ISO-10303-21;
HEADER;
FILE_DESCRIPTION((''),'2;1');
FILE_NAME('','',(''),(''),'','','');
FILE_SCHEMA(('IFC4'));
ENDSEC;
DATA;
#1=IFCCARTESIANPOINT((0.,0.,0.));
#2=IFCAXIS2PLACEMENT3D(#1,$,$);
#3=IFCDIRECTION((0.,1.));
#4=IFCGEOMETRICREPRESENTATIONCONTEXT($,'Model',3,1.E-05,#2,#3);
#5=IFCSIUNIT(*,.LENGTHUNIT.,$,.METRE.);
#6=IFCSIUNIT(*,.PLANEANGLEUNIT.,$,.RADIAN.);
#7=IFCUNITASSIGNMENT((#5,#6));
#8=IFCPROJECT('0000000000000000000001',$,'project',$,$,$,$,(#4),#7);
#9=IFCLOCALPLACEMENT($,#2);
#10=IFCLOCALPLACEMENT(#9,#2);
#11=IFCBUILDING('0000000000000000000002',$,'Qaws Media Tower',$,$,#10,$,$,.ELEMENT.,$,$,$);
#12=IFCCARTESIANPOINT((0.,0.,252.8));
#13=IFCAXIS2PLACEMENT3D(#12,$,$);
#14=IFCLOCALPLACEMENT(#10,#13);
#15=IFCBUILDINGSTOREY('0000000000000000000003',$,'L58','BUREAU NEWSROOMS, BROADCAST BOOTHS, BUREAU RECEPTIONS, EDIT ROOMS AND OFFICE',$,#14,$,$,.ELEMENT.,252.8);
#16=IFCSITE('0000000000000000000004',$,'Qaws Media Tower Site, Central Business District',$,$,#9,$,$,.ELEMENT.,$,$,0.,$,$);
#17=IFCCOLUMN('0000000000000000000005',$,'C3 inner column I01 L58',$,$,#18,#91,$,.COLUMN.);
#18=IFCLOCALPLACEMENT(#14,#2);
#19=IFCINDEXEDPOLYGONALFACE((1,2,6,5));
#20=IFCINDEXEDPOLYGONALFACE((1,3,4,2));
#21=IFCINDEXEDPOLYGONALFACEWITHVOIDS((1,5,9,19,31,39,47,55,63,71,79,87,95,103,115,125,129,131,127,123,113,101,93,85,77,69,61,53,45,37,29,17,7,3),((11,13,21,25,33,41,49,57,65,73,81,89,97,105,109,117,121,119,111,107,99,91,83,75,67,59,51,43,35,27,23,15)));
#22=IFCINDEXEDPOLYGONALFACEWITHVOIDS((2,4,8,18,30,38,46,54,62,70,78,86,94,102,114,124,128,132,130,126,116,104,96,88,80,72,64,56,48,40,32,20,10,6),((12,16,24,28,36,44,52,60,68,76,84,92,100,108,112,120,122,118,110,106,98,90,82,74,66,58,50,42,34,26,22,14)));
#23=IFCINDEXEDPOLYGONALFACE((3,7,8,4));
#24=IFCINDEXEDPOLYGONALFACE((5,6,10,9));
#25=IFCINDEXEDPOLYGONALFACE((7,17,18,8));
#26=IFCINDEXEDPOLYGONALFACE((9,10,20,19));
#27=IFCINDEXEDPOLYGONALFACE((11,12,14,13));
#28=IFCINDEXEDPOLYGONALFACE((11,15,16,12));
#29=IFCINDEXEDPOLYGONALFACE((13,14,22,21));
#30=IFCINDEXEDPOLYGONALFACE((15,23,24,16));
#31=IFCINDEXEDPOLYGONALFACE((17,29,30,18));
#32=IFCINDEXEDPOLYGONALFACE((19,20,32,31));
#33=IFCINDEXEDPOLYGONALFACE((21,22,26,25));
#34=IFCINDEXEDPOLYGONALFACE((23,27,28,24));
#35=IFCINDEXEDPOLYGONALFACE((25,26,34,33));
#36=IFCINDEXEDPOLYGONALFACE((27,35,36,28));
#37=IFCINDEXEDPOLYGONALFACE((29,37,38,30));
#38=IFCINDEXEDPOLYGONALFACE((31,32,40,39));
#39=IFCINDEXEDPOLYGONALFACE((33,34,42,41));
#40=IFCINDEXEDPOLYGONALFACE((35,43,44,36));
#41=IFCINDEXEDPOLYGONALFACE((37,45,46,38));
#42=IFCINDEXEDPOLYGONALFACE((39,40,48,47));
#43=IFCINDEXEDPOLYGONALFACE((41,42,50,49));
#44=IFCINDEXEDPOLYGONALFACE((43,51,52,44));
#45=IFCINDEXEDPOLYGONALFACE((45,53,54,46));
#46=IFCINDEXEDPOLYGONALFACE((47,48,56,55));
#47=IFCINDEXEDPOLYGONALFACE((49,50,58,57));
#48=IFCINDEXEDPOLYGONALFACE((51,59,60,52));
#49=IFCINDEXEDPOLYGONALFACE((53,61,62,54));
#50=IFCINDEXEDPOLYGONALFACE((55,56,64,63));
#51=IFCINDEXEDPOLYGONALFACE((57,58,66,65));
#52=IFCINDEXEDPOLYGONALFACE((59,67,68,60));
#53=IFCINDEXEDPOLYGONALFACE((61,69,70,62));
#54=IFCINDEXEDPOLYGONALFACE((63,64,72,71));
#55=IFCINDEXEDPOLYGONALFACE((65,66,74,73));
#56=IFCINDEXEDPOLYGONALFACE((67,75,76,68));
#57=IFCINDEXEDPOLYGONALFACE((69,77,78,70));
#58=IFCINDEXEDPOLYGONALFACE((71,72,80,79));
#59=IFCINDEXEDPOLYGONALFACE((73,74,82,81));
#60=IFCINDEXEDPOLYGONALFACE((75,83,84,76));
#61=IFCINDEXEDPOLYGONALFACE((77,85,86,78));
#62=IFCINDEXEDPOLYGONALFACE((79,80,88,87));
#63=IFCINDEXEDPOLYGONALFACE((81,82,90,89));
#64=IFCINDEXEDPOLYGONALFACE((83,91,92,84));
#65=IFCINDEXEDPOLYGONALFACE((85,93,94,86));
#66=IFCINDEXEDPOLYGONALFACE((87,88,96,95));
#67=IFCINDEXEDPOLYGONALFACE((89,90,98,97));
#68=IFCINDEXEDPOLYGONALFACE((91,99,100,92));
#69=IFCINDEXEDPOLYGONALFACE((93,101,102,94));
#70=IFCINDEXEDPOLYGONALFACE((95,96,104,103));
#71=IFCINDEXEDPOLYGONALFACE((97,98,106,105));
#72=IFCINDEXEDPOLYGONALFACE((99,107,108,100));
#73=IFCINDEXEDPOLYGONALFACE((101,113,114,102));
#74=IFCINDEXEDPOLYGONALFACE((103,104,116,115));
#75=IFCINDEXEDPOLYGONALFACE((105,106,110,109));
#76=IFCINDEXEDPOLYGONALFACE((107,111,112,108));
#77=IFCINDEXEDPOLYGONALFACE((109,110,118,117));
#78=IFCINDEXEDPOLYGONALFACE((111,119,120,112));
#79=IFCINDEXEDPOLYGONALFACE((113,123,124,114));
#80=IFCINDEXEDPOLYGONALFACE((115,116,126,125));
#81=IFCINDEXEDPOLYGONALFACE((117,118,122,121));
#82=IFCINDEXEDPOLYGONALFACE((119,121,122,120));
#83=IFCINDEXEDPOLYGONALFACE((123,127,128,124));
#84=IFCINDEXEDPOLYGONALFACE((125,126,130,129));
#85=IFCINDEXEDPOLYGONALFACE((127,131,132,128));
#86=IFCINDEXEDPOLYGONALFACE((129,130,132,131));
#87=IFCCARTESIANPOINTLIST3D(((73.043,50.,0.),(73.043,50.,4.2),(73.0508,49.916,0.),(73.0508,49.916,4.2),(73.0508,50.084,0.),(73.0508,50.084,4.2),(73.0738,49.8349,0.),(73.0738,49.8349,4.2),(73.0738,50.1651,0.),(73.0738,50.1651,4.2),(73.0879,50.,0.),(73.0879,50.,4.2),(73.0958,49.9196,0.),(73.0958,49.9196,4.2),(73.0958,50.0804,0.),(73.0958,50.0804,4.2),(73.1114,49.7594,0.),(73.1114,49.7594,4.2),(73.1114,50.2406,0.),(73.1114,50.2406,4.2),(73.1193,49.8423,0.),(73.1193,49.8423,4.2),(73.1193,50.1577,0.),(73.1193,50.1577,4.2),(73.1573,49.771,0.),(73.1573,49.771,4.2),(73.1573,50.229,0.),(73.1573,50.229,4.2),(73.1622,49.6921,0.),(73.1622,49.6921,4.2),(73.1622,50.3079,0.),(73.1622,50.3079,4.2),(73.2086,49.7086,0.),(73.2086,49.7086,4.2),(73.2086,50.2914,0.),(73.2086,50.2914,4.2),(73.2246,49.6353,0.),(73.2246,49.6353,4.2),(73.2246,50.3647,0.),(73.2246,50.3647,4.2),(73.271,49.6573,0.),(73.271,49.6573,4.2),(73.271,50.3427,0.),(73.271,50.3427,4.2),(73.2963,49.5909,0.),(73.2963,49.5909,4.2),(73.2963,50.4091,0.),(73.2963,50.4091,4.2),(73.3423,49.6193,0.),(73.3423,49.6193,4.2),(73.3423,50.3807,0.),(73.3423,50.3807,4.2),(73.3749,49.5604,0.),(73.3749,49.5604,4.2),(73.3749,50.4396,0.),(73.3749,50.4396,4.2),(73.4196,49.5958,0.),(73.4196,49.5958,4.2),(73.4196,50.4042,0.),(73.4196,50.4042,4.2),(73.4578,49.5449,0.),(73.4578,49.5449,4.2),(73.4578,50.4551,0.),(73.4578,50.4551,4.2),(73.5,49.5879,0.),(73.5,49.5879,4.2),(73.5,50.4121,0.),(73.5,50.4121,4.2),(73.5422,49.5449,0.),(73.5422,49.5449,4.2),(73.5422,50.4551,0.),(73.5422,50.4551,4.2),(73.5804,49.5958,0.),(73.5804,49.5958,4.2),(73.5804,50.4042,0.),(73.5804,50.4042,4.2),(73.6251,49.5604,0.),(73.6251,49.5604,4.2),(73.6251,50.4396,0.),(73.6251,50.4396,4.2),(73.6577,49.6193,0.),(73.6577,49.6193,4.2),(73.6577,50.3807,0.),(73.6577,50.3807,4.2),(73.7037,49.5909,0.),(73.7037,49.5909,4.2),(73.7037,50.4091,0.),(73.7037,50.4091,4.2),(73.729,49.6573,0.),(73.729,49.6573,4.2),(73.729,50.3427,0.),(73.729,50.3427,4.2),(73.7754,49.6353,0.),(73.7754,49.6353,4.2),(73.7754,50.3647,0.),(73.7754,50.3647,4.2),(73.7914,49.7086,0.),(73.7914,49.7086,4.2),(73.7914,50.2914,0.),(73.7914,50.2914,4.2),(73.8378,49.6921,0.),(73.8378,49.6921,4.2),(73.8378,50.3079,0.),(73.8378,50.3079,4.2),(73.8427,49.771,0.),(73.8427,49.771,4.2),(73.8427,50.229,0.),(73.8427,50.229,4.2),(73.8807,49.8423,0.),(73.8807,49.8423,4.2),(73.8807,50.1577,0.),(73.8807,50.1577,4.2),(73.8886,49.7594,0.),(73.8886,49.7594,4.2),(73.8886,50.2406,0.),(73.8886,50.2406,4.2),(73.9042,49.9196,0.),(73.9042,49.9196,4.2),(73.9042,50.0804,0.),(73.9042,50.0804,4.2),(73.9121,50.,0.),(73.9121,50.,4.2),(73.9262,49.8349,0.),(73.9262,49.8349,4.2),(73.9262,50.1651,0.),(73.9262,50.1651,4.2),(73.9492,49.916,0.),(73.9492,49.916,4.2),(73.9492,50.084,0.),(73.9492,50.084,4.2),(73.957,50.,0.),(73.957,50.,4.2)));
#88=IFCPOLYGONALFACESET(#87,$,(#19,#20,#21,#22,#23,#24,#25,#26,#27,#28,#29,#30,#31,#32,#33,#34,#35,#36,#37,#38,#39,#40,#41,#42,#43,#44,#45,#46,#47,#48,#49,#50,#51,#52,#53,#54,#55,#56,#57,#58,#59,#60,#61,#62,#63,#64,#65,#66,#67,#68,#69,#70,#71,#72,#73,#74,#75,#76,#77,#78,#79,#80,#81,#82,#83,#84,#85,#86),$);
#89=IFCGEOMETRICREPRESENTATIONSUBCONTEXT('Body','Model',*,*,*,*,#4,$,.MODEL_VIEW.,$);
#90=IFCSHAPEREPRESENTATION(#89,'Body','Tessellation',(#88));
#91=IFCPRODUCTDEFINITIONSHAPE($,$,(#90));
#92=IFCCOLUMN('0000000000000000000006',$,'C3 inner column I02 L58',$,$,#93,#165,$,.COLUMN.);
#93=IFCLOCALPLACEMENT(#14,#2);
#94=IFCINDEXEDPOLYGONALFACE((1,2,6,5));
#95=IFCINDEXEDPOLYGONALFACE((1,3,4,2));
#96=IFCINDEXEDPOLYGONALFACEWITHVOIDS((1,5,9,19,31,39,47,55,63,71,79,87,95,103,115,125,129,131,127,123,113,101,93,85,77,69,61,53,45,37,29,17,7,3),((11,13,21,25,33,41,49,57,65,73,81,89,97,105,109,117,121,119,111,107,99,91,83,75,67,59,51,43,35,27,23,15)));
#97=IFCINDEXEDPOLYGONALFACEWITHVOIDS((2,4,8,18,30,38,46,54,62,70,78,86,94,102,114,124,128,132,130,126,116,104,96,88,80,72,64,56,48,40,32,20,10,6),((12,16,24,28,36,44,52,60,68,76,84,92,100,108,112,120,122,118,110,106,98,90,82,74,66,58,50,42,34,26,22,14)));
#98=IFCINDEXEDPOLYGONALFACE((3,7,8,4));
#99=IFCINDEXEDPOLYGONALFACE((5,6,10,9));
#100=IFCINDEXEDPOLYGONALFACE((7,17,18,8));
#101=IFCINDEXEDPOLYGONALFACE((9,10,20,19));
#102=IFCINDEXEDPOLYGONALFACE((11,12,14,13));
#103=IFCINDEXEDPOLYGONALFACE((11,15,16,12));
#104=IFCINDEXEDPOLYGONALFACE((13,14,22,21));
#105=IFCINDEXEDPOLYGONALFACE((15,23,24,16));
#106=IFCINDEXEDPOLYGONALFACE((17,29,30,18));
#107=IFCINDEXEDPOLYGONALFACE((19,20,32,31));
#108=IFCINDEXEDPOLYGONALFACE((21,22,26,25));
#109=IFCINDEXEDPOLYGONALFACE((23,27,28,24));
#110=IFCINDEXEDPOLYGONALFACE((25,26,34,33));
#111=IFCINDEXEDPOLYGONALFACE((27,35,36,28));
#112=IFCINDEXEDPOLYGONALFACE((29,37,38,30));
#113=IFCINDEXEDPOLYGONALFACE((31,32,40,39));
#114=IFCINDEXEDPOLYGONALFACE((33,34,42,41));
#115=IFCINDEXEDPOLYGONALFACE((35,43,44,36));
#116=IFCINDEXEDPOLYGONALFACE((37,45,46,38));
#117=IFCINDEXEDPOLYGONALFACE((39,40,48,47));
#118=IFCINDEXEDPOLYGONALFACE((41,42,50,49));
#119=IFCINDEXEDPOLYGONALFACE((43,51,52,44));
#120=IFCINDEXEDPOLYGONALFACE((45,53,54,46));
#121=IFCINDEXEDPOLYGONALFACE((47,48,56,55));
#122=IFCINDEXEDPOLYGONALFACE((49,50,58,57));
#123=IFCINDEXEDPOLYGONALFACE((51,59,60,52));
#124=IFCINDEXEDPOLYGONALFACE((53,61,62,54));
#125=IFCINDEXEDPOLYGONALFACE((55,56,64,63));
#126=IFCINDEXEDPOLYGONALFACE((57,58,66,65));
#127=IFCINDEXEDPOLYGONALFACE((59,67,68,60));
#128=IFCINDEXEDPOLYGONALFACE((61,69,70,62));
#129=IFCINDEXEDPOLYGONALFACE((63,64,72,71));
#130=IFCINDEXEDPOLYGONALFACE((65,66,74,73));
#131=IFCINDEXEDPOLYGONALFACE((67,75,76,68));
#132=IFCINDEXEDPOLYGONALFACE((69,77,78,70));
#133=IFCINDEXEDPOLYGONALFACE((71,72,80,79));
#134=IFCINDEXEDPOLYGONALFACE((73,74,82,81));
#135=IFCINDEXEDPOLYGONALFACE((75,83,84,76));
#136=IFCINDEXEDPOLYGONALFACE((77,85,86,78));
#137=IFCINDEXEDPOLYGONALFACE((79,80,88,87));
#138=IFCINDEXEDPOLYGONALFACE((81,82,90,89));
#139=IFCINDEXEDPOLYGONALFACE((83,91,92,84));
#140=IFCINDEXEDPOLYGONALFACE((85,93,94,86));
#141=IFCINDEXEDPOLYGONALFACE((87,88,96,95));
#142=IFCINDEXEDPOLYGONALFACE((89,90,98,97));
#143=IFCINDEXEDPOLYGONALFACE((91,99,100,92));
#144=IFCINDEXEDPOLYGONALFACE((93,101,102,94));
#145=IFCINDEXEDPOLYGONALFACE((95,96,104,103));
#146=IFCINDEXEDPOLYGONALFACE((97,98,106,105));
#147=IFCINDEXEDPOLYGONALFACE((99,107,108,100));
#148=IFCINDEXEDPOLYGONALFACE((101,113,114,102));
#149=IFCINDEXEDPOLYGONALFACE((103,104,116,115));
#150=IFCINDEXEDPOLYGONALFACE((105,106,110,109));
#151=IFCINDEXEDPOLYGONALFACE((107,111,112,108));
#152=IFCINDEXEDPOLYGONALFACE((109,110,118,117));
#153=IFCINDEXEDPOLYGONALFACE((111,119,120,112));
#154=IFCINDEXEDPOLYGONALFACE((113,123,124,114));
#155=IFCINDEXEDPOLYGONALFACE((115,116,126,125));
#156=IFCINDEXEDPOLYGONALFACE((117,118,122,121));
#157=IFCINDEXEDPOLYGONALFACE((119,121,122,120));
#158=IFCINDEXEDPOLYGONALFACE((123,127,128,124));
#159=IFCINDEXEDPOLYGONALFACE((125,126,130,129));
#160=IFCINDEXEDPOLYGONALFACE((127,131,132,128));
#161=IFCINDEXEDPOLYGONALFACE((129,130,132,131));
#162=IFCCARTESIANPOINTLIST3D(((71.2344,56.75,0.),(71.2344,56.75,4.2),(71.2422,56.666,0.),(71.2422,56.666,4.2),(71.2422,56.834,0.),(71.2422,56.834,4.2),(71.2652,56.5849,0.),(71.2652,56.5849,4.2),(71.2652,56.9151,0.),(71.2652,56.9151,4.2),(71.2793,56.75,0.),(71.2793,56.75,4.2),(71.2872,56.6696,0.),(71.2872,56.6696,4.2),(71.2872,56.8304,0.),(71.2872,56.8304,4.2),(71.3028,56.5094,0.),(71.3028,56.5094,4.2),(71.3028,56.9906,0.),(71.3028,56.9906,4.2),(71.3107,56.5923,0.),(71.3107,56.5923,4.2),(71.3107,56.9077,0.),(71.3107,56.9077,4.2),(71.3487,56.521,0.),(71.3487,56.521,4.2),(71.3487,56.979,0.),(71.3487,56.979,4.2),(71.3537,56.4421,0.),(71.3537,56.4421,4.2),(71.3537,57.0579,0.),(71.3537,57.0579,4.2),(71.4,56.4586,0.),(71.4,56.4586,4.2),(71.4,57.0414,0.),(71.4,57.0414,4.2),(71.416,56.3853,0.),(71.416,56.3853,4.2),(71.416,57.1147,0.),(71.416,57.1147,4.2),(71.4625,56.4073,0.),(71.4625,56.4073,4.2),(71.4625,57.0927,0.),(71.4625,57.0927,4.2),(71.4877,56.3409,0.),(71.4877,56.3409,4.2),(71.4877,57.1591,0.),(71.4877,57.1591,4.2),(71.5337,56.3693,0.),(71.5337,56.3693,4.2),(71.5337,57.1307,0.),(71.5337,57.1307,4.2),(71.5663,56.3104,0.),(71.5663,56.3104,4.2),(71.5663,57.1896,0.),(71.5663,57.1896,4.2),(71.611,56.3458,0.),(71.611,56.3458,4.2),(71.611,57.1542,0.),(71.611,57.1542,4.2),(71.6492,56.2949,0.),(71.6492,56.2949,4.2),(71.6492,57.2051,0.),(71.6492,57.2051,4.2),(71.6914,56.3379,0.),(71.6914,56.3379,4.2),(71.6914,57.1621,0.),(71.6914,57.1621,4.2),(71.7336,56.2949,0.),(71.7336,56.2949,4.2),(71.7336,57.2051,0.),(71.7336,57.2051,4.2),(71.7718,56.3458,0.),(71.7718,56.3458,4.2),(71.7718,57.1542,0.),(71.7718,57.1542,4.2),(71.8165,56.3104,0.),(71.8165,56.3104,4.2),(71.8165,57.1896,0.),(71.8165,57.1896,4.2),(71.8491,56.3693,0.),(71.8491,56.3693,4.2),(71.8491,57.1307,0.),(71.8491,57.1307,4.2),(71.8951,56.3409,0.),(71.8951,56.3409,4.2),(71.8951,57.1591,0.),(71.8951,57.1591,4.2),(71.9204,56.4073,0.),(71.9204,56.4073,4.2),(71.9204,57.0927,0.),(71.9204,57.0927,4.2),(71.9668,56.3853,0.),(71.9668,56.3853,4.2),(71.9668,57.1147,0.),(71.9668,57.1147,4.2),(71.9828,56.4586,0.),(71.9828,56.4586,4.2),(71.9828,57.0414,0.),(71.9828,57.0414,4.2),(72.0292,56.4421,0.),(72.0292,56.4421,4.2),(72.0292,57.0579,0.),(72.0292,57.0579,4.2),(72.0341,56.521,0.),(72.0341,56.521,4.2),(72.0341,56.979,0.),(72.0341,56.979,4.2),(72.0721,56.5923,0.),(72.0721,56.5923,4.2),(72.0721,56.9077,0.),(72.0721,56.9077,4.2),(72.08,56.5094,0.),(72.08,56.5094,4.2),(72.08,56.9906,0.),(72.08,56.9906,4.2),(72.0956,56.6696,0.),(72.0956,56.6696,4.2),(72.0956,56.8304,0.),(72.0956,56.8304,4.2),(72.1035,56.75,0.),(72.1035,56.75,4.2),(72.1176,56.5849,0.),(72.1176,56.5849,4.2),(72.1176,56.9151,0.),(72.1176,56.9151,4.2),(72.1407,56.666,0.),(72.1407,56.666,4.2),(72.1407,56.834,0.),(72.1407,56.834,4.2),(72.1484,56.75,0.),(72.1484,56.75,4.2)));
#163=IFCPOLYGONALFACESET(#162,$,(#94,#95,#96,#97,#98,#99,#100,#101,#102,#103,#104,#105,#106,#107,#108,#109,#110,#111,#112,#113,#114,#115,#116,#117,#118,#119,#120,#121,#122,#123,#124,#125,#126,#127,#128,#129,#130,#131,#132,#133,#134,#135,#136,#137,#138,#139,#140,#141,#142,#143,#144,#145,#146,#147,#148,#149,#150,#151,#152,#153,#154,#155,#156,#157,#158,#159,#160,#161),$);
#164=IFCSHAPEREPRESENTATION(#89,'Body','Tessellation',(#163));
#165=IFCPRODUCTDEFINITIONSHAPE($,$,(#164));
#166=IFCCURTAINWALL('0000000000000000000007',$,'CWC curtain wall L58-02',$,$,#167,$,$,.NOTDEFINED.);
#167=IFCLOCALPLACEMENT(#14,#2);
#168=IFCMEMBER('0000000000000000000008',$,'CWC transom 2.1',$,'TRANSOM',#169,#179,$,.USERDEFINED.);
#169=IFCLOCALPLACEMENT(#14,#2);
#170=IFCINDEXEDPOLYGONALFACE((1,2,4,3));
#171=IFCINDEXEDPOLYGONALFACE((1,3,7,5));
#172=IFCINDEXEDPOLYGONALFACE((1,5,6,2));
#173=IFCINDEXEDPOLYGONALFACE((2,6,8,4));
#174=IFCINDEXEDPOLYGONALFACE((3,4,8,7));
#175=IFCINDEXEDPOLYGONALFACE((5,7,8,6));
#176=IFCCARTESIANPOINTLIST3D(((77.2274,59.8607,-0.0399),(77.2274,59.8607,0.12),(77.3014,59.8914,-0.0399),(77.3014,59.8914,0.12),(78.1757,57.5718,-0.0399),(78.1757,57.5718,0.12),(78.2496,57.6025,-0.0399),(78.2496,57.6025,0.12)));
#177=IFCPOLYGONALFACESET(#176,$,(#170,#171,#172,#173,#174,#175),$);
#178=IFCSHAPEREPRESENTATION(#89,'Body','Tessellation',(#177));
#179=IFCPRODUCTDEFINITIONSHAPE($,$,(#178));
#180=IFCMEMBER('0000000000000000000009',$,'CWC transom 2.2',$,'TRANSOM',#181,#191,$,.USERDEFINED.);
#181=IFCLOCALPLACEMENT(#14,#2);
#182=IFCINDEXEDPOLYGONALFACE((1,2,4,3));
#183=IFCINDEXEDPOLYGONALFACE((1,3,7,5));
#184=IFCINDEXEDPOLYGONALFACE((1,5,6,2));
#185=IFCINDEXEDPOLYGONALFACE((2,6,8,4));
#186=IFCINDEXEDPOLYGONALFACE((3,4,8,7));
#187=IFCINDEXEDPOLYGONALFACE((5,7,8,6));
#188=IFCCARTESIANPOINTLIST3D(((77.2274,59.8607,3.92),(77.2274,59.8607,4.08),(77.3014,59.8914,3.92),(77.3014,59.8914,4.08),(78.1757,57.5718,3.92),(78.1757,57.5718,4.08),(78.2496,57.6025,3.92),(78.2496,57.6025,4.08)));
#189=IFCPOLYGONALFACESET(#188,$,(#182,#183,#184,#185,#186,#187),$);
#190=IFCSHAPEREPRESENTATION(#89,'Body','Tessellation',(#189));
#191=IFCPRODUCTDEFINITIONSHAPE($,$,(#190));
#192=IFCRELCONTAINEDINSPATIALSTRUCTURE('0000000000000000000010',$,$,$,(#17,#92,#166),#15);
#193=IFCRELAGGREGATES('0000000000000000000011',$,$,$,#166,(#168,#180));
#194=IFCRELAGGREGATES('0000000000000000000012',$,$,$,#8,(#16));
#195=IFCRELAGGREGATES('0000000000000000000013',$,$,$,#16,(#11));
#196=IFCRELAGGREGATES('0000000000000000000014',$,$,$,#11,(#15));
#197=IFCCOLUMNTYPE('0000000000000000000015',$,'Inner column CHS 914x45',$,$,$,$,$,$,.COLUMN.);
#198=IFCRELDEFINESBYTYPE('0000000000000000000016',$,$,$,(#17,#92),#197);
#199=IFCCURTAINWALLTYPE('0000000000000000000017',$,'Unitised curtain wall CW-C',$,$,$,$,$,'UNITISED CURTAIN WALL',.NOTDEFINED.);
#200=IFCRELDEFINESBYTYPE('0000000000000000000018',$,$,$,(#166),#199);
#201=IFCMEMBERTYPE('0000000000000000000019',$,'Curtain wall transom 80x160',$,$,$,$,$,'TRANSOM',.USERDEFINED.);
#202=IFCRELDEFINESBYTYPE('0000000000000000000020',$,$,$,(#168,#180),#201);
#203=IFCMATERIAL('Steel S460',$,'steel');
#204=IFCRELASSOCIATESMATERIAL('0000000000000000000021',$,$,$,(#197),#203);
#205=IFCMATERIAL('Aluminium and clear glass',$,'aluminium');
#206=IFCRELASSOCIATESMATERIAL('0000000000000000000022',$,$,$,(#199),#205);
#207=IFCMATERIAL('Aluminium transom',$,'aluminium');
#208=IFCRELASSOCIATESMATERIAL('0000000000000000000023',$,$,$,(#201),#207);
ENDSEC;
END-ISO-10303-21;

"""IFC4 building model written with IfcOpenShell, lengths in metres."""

from ifc_helpers import new_model, si_unit, direction, frame, origin, origin_2d, place, context, subcontext, project, spatial, rectangle, hollow_circle, extrude, material, material_profile, profile_set, type_object, element, aggregate, save


model = new_model("IFC4")

# Units and contexts
model_context = context("Model", 3, precision=1e-05, world=origin(), true_north=direction((0.0, 1.0)))
body_context = subcontext(model_context, "Body", "Model", "MODEL_VIEW")
ifc_project = project(units=[si_unit("LENGTHUNIT", "METRE"), si_unit("PLANEANGLEUNIT", "RADIAN")], contexts=[model_context])

# Site, building, storey
site_placement = place(None, origin())
site = spatial("IfcSite", under=ifc_project, at=site_placement, Name="Qaws Media Tower Site, Central Business District", CompositionType="ELEMENT", RefElevation=0.0)
building_placement = place(site_placement, origin())
building = spatial("IfcBuilding", under=site, at=building_placement, Name="Qaws Media Tower", CompositionType="ELEMENT")
storey_placement = place(building_placement, frame((0.0, 0.0, 252.8)))
storey = spatial("IfcBuildingStorey", under=building, at=storey_placement, Name="L58", Description="BUREAU NEWSROOMS, BROADCAST BOOTHS, BUREAU RECEPTIONS, EDIT ROOMS AND OFFICE", CompositionType="ELEMENT", Elevation=252.8)

# Columns
ifc_material_1 = material(Name="Steel S460", Category="steel")
ifc_material_profile_1 = material_profile(ifc_material_1, hollow_circle(Radius=0.457, WallThickness=0.0449, at=origin_2d()), Name="CHS 914x45")
ifc_profile_set_1 = profile_set([ifc_material_profile_1], Name="Steel S460")
column_type = type_object("IfcColumnType", Name="Inner column CHS 914x45", PredefinedType="COLUMN", material=ifc_profile_set_1)
for number, where, z_axis, x_axis, name in (
    (1, (73.5, 50.0, 0.0), (0.0, 0.0, 1.0), (1.0, 0.0, 0.0), "C3 inner column I01 L58"),
    (2, (71.6914, 56.75, 0.0), (0.0, 0.0, 1.0), (1.0, 0.0, 0.0), "C3 inner column I02 L58"),
):
    element("IfcColumn", number, at=place(storey_placement, frame(where, z_axis=z_axis, x_axis=x_axis)), inside=storey, type_object=column_type, Name=name, PredefinedType="COLUMN", context=body_context, shape_type="SweptSolid", body=[
        extrude(hollow_circle(Radius=0.457, WallThickness=0.0449, at=origin_2d()), origin(), (0.0, 0.0, 1.0), 4.2),
    ])

# Curtain wall, members
ifc_material_2 = material(Name="Aluminium and clear glass", Category="aluminium")
curtain_wall_type = type_object("IfcCurtainWallType", Name="Unitised curtain wall CW-C", ElementType="UNITISED CURTAIN WALL", PredefinedType="NOTDEFINED", material=ifc_material_2)
curtain_wall_placement = place(storey_placement, origin())
curtain_wall = element("IfcCurtainWall", 3, at=curtain_wall_placement, inside=storey, type_object=curtain_wall_type, Name="CWC curtain wall L58-02", PredefinedType="NOTDEFINED")
ifc_material_3 = material(Name="Aluminium transom", Category="aluminium")
ifc_material_profile_2 = material_profile(ifc_material_3, rectangle(XDim=0.0801, YDim=0.1599, at=origin_2d()), Name="80x160")
ifc_profile_set_2 = profile_set([ifc_material_profile_2], Name="Aluminium transom")
member_type = type_object("IfcMemberType", Name="Curtain wall transom 80x160", ElementType="TRANSOM", PredefinedType="USERDEFINED", material=ifc_profile_set_2)
member_1_placement = place(storey_placement, frame((78.2126, 57.5872, 0.04), z_axis=(-0.382746, 0.923853, 0.0), x_axis=(-0.923853, -0.382746, 0.0)))
member_1 = element("IfcMember", 4, at=member_1_placement, type_object=member_type, Name="CWC transom 2.1", ObjectType="TRANSOM", PredefinedType="USERDEFINED", context=body_context, shape_type="SweptSolid", body=[
    extrude(rectangle(XDim=0.0801, YDim=0.1599, at=origin_2d()), origin(), (0.0, 0.0, 1.0), 2.4775),
])
member_2_placement = place(storey_placement, frame((78.2126, 57.5872, 4.0), z_axis=(-0.382746, 0.923853, 0.0), x_axis=(-0.923853, -0.382746, 0.0)))
member_2 = element("IfcMember", 5, at=member_2_placement, type_object=member_type, Name="CWC transom 2.2", ObjectType="TRANSOM", PredefinedType="USERDEFINED", context=body_context, shape_type="SweptSolid", body=[
    extrude(rectangle(XDim=0.0801, YDim=0.1599, at=origin_2d()), origin(), (0.0, 0.0, 1.0), 2.4775),
])
aggregate(curtain_wall, [member_1, member_2])

save(model, "model.ifc")
